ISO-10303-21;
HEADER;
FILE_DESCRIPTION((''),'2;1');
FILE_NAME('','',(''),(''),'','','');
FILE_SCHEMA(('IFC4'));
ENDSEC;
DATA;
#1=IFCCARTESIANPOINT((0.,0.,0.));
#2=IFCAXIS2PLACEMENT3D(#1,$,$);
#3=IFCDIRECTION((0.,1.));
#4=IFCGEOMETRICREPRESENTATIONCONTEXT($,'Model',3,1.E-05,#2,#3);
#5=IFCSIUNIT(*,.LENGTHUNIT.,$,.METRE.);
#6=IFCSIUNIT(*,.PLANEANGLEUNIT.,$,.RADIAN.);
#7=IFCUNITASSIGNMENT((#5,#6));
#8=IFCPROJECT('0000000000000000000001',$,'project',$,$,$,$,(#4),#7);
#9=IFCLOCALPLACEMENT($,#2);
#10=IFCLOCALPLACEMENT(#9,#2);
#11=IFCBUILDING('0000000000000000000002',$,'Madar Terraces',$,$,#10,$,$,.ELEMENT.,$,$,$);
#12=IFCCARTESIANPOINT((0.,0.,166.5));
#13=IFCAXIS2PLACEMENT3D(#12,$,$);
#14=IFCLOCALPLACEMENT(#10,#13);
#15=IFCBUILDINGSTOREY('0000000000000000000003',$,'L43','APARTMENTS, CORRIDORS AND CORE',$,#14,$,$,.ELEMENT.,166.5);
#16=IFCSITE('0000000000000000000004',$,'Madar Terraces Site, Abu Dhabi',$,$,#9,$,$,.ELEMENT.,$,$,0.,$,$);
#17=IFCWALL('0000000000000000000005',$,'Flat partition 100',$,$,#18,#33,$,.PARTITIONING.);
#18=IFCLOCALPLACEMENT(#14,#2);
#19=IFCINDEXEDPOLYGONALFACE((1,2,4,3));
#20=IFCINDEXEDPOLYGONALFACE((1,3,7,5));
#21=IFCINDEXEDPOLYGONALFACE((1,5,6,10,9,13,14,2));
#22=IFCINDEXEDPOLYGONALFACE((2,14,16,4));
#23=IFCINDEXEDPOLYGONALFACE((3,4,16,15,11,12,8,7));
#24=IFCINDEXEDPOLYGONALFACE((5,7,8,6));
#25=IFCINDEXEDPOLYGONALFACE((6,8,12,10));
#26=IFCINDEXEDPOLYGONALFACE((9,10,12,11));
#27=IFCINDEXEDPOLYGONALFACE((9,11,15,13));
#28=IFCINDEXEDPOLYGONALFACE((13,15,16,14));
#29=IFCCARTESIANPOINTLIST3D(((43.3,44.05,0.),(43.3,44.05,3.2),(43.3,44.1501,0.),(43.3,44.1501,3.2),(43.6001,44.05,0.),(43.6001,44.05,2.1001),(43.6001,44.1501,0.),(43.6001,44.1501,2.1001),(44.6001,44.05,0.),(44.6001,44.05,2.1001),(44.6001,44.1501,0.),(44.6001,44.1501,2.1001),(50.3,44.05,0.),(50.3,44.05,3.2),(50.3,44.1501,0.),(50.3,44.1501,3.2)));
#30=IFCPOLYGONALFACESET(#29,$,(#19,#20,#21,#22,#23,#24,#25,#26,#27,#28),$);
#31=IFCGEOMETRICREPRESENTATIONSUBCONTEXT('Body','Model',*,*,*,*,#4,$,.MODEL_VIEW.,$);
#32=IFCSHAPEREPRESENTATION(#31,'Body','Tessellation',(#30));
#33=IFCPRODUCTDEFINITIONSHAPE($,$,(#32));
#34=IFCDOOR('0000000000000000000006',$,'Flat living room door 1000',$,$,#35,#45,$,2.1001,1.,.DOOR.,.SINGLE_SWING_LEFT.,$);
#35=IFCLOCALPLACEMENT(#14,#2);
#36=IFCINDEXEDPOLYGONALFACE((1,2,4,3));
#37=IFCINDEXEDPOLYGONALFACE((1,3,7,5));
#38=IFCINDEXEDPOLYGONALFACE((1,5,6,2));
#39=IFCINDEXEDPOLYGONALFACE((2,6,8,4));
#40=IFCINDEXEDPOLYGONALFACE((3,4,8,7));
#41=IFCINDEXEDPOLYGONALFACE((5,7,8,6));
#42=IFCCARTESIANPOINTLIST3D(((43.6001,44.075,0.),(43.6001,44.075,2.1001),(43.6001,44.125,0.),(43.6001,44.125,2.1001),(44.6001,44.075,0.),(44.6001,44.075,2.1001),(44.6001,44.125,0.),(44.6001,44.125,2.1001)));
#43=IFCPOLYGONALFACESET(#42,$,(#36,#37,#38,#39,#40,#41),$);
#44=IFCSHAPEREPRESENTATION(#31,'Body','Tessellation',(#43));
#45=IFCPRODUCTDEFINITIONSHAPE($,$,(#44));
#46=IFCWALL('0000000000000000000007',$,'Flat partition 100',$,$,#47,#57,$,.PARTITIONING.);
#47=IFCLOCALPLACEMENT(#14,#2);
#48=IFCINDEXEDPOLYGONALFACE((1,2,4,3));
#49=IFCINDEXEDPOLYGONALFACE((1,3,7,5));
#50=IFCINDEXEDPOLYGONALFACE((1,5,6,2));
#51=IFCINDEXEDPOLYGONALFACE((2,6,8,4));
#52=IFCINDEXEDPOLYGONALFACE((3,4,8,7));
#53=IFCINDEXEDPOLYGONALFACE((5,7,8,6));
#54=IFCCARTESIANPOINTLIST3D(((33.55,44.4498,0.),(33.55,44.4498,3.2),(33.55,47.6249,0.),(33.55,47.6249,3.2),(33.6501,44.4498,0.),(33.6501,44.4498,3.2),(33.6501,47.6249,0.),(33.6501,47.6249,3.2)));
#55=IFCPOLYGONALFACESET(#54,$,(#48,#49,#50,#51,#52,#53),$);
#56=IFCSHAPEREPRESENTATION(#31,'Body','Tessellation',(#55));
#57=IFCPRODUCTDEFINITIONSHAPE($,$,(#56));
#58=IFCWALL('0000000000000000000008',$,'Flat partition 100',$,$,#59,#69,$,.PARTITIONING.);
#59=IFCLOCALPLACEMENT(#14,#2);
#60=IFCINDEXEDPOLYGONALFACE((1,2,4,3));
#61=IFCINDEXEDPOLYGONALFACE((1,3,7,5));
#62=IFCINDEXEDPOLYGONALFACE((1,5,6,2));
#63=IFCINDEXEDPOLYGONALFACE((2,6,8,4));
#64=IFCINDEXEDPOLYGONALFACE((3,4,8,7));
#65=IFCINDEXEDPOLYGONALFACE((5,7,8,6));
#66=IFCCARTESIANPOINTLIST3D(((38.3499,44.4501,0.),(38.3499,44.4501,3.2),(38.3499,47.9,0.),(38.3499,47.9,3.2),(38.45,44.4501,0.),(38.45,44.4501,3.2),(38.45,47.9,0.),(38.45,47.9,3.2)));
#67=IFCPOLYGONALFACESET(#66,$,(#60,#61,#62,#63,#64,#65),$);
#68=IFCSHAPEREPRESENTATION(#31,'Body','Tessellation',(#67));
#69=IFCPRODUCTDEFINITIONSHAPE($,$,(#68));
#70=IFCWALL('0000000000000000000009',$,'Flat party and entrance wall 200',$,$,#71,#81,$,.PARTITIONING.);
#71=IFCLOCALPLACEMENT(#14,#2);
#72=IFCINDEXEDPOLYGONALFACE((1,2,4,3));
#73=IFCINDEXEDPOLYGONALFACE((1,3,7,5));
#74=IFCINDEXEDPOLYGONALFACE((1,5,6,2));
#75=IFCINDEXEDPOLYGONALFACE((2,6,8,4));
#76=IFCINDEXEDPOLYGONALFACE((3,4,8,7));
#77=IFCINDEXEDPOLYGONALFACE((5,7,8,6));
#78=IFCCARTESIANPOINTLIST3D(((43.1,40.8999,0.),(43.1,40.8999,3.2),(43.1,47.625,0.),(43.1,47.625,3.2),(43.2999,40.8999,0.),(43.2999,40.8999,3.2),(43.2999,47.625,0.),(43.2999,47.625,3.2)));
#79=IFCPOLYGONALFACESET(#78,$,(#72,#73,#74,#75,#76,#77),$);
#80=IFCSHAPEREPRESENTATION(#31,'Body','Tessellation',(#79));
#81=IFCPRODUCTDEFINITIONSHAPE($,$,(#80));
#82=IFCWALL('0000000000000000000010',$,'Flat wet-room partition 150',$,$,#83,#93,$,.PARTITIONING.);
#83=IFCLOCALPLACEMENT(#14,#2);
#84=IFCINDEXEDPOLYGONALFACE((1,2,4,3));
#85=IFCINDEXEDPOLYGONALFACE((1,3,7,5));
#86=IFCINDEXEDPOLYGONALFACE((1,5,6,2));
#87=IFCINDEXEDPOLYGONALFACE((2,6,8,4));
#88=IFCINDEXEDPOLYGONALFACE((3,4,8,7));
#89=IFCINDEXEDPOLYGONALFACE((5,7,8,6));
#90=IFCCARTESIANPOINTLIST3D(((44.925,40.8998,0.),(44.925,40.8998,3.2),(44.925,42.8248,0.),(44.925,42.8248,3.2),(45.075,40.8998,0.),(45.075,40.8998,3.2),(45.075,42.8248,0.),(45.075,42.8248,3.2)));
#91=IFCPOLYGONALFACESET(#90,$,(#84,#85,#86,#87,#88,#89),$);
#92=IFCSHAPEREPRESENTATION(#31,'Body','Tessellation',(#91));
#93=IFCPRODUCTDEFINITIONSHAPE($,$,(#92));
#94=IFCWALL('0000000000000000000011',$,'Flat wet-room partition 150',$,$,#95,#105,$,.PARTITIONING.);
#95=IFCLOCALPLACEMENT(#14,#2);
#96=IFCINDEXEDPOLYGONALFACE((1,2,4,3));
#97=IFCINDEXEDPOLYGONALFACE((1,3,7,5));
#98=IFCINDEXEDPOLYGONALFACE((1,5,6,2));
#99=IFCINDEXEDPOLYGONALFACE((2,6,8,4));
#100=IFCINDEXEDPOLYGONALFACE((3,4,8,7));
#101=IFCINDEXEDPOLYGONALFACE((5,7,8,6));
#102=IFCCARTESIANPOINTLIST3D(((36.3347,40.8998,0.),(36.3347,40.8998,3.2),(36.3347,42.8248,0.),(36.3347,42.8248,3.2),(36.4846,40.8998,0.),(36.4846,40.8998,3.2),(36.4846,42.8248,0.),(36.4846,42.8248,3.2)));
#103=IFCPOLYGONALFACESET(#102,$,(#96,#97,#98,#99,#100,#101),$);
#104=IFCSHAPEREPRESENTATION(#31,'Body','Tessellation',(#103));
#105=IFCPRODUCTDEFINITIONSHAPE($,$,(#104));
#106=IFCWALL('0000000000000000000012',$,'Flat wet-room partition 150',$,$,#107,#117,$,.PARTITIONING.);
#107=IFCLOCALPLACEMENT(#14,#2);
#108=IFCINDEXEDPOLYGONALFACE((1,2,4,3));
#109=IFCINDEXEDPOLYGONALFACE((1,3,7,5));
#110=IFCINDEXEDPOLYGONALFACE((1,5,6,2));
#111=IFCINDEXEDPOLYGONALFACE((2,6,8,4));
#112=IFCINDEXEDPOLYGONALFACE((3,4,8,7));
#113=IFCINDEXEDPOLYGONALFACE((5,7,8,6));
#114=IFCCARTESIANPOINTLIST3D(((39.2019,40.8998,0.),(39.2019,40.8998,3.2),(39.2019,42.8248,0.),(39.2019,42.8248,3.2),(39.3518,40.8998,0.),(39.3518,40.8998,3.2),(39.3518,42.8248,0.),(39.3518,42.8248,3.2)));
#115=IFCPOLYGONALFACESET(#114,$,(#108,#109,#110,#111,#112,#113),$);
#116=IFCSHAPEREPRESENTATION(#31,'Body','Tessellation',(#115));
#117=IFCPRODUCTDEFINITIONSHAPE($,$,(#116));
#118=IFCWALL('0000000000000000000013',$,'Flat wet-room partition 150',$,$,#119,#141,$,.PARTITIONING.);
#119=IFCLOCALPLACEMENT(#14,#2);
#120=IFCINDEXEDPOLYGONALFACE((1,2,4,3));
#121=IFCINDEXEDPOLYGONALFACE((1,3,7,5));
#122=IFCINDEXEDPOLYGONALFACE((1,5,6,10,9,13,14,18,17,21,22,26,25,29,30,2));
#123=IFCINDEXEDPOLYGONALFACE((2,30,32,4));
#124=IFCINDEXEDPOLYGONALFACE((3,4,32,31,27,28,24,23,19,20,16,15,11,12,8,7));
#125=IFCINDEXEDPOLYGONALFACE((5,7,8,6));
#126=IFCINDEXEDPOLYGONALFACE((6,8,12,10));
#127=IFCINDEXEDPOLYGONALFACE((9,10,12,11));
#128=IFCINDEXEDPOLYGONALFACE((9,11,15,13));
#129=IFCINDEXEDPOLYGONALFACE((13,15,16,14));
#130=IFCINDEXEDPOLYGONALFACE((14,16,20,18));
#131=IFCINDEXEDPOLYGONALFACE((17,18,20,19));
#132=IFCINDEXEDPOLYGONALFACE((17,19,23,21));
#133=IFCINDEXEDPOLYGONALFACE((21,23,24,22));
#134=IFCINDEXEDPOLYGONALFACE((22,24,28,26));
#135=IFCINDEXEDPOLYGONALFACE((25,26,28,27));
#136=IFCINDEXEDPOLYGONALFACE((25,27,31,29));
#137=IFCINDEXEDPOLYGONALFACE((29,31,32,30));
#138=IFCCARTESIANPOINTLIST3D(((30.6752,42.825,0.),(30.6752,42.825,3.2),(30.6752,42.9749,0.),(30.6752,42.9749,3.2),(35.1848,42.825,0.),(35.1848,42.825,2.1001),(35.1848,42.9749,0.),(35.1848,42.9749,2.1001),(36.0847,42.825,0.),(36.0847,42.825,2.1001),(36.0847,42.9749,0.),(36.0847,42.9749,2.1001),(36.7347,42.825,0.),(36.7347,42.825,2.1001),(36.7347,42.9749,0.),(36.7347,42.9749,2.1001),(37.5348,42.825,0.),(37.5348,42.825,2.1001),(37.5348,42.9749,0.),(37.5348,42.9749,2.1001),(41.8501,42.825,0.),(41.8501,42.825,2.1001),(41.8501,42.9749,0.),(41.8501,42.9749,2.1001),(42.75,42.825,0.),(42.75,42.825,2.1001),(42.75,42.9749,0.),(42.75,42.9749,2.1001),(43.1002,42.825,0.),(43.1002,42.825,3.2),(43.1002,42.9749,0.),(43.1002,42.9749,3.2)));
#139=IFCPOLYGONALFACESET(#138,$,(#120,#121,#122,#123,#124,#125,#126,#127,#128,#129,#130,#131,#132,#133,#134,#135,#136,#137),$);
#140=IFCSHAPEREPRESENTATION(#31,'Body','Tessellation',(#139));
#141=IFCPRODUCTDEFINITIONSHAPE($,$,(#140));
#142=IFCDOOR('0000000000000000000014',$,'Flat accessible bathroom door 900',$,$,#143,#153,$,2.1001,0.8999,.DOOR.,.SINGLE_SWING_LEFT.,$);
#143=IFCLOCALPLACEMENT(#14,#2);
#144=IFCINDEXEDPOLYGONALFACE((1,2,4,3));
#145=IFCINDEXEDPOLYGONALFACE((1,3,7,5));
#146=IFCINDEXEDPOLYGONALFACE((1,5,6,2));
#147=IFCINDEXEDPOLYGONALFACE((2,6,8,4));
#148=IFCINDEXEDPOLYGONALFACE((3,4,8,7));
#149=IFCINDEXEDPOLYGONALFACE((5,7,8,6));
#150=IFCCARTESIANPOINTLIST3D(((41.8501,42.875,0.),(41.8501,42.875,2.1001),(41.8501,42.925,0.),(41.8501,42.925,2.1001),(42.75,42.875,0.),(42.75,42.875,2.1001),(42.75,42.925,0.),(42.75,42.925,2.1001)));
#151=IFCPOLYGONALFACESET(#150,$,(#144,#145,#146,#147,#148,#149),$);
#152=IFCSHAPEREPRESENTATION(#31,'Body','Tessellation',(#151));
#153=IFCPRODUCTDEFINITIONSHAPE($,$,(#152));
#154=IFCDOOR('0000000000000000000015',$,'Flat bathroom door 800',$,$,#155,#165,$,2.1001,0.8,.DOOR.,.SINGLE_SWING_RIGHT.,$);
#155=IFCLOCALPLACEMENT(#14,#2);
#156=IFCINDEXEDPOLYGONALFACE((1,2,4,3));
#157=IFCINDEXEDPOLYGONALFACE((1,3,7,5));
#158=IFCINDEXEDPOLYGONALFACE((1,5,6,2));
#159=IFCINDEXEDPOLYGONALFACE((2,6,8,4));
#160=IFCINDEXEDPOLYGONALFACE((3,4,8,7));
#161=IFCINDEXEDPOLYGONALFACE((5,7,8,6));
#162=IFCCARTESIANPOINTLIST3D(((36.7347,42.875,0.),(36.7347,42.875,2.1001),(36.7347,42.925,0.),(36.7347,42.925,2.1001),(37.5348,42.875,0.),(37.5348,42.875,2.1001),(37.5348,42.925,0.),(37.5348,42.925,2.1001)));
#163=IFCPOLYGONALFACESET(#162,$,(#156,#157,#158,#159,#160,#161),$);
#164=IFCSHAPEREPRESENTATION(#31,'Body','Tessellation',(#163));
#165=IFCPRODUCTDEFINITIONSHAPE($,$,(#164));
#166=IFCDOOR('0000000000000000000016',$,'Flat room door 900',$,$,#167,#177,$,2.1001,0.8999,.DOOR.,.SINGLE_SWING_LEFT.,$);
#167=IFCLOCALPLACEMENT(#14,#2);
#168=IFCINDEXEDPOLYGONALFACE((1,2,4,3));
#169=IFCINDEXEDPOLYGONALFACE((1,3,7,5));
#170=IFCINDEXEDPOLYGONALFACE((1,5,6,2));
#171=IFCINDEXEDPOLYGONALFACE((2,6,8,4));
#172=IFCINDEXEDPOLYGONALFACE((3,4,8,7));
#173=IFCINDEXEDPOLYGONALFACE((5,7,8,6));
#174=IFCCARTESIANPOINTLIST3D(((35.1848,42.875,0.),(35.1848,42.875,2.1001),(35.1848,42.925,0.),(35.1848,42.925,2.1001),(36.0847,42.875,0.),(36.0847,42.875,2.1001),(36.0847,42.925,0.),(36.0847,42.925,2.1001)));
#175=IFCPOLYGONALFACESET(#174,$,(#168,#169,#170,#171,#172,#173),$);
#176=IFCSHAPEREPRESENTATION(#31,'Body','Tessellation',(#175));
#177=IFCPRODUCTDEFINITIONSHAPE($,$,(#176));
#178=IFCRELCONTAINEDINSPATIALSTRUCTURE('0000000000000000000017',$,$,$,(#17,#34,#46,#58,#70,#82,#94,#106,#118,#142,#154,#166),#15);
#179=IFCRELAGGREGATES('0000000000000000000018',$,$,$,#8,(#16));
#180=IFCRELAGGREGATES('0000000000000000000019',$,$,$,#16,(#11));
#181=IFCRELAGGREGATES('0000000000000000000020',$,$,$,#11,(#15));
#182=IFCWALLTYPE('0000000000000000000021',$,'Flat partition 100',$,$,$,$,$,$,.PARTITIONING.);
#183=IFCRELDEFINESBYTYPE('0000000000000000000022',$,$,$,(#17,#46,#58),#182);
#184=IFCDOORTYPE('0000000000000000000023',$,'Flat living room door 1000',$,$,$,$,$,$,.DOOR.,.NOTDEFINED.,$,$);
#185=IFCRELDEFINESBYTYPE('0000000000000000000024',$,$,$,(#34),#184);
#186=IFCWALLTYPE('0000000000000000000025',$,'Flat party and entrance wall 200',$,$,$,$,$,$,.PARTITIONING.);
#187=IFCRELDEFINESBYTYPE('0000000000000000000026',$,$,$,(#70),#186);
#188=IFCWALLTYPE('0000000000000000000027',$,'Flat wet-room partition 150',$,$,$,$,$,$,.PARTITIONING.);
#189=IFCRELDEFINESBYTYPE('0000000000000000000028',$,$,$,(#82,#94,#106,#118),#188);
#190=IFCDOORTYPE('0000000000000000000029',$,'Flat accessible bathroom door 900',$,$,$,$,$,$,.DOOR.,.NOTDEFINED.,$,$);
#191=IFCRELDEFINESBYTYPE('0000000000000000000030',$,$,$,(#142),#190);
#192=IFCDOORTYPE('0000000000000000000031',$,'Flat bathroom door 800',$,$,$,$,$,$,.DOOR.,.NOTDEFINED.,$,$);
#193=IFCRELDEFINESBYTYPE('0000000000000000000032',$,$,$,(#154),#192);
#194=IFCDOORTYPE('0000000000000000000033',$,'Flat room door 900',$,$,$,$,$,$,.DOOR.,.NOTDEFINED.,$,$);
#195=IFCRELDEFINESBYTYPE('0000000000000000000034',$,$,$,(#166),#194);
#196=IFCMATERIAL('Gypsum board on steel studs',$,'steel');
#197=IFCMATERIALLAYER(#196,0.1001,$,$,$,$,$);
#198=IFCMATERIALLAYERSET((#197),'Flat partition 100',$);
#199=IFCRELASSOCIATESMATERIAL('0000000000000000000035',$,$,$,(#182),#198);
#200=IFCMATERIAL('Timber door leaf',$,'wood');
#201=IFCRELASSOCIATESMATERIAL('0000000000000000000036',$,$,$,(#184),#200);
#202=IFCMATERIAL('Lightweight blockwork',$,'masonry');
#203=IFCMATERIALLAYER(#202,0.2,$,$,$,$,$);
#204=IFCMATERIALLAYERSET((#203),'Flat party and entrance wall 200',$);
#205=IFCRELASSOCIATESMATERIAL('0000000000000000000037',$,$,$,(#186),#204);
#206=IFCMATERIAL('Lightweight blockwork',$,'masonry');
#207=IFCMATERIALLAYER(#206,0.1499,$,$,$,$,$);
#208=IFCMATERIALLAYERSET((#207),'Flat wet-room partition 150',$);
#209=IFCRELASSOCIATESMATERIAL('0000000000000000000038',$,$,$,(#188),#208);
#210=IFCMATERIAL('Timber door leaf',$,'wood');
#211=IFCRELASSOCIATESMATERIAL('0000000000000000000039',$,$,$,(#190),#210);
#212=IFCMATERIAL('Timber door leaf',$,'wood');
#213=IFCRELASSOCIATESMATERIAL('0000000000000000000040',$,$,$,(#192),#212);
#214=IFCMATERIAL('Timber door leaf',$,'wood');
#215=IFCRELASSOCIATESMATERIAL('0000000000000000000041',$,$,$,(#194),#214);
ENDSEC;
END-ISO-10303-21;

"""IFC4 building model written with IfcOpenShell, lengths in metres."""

from ifc_helpers import new_model, si_unit, direction, frame, frame_2d, origin, place, context, subcontext, project, spatial, rectangle, extrude, material, layer, layer_set, type_object, element, fill, save


model = new_model("IFC4")

# Units and contexts
model_context = context("Model", 3, precision=1e-05, world=origin(), true_north=direction((0.0, 1.0)))
body_context = subcontext(model_context, "Body", "Model", "MODEL_VIEW")
ifc_project = project(units=[si_unit("LENGTHUNIT", "METRE"), si_unit("PLANEANGLEUNIT", "RADIAN")], contexts=[model_context])

# Site, building, storey
site_placement = place(None, origin())
site = spatial("IfcSite", under=ifc_project, at=site_placement, Name="Madar Terraces Site, Abu Dhabi", CompositionType="ELEMENT", RefElevation=0.0)
building_placement = place(site_placement, origin())
building = spatial("IfcBuilding", under=site, at=building_placement, Name="Madar Terraces", CompositionType="ELEMENT")
storey_placement = place(building_placement, frame((0.0, 0.0, 166.5)))
storey = spatial("IfcBuildingStorey", under=building, at=storey_placement, Name="L43", Description="APARTMENTS, CORRIDORS AND CORE", CompositionType="ELEMENT", Elevation=166.5)

# Wall, opening, door
ifc_material_1 = material(Name="Gypsum board on steel studs", Category="steel")
ifc_layer_1 = layer(ifc_material_1, 0.1001)
ifc_layer_set_1 = layer_set([ifc_layer_1], Name="Flat partition 100")
wall_type_1 = type_object("IfcWallType", Name="Flat partition 100", PredefinedType="PARTITIONING", material=ifc_layer_set_1)
wall_1_placement = place(storey_placement, frame((43.3, 44.1001, 0.0), z_axis=(0.0, 0.0, 1.0), x_axis=(1.0, 0.0, 0.0)))
wall_1 = element("IfcWall", 1, at=wall_1_placement, inside=storey, type_object=wall_type_1, Name="Flat partition 100", PredefinedType="PARTITIONING", context=body_context, shape_type="SweptSolid", body=[
    extrude(rectangle(XDim=7.0, YDim=0.1001, at=frame_2d((3.5, 0.0))), origin(), (0.0, 0.0, 1.0), 3.2),
])
opening_1_placement = place(wall_1_placement, frame((0.3, 0.0, 0.0)))
opening_1 = element("IfcOpeningElement", 2, at=opening_1_placement, cuts=wall_1, PredefinedType="OPENING", context=body_context, shape_type="SweptSolid", body=[
    extrude(rectangle(XDim=1.0, YDim=2.1001, at=frame_2d((0.5, 1.05))), frame((0.0, 0.0601, 0.0), z_axis=(0.0, -1.0, 0.0), x_axis=(1.0, 0.0, 0.0)), (0.0, 0.0, 1.0), 0.1201),
])
ifc_material_2 = material(Name="Timber door leaf", Category="wood")
door_type_1 = type_object("IfcDoorType", Name="Flat living room door 1000", OperationType="NOTDEFINED", PredefinedType="DOOR", material=ifc_material_2)
door_1_placement = place(opening_1_placement, origin())
door_1 = element("IfcDoor", 3, at=door_1_placement, inside=storey, type_object=door_type_1, Name="Flat living room door 1000", OperationType="SINGLE_SWING_LEFT", OverallHeight=2.1001, OverallWidth=1.0, PredefinedType="DOOR", context=body_context, shape_type="SweptSolid", body=[
    extrude(rectangle(XDim=1.0, YDim=2.1001, at=frame_2d((0.5, 1.05))), frame((0.0, 0.0249, 0.0), z_axis=(0.0, -1.0, 0.0), x_axis=(1.0, 0.0, 0.0)), (0.0, 0.0, 1.0), 0.05),
])
fill(opening_1, door_1)

# Walls
wall_2_placement = place(storey_placement, frame((33.6001, 44.45, 0.0), z_axis=(0.0, 0.0, 1.0), x_axis=(0.0, 1.0, 0.0)))
element("IfcWall", 4, at=wall_2_placement, inside=storey, type_object=wall_type_1, Name="Flat partition 100", PredefinedType="PARTITIONING", context=body_context, shape_type="SweptSolid", body=[
    extrude(rectangle(XDim=3.175, YDim=0.1001, at=frame_2d((1.5874, 0.0))), origin(), (0.0, 0.0, 1.0), 3.2),
])
wall_3_placement = place(storey_placement, frame((38.3999, 44.45, 0.0), z_axis=(0.0, 0.0, 1.0), x_axis=(0.0, 1.0, 0.0)))
element("IfcWall", 5, at=wall_3_placement, inside=storey, type_object=wall_type_1, Name="Flat partition 100", PredefinedType="PARTITIONING", context=body_context, shape_type="SweptSolid", body=[
    extrude(rectangle(XDim=3.45, YDim=0.1001, at=frame_2d((1.7251, 0.0))), origin(), (0.0, 0.0, 1.0), 3.2),
])
ifc_material_3 = material(Name="Lightweight blockwork", Category="masonry")
ifc_layer_2 = layer(ifc_material_3, 0.2)
ifc_layer_set_2 = layer_set([ifc_layer_2], Name="Flat party and entrance wall 200")
wall_type_2 = type_object("IfcWallType", Name="Flat party and entrance wall 200", PredefinedType="PARTITIONING", material=ifc_layer_set_2)
wall_4_placement = place(storey_placement, frame((43.2, 47.625, 0.0), z_axis=(0.0, 0.0, 1.0), x_axis=(0.0, -1.0, 0.0)))
element("IfcWall", 6, at=wall_4_placement, inside=storey, type_object=wall_type_2, Name="Flat party and entrance wall 200", PredefinedType="PARTITIONING", context=body_context, shape_type="SweptSolid", body=[
    extrude(rectangle(XDim=6.7251, YDim=0.2, at=frame_2d((3.3625, 0.0))), origin(), (0.0, 0.0, 1.0), 3.2),
])
ifc_material_4 = material(Name="Lightweight blockwork", Category="masonry")
ifc_layer_3 = layer(ifc_material_4, 0.1499)
ifc_layer_set_3 = layer_set([ifc_layer_3], Name="Flat wet-room partition 150")
wall_type_3 = type_object("IfcWallType", Name="Flat wet-room partition 150", PredefinedType="PARTITIONING", material=ifc_layer_set_3)
for number, where, z_axis, x_axis, name in (
    (7, (45.0, 40.8999, 0.0), (0.0, 0.0, 1.0), (0.0, 1.0, 0.0), "Flat wet-room partition 150"),
    (8, (36.4097, 40.8999, 0.0), (0.0, 0.0, 1.0), (0.0, 1.0, 0.0), "Flat wet-room partition 150"),
    (9, (39.2769, 40.8999, 0.0), (0.0, 0.0, 1.0), (0.0, 1.0, 0.0), "Flat wet-room partition 150"),
):
    element("IfcWall", number, at=place(storey_placement, frame(where, z_axis=z_axis, x_axis=x_axis)), inside=storey, type_object=wall_type_3, Name=name, PredefinedType="PARTITIONING", context=body_context, shape_type="SweptSolid", body=[
        extrude(rectangle(XDim=1.925, YDim=0.1499, at=frame_2d((0.9624, 0.0))), origin(), (0.0, 0.0, 1.0), 3.2),
    ])

# Wall, openings, doors
wall_5_placement = place(storey_placement, frame((43.1001, 42.8999, 0.0), z_axis=(0.0, 0.0, 1.0), x_axis=(-1.0, 0.0, 0.0)))
wall_5 = element("IfcWall", 10, at=wall_5_placement, inside=storey, type_object=wall_type_3, Name="Flat wet-room partition 150", PredefinedType="PARTITIONING", context=body_context, shape_type="SweptSolid", body=[
    extrude(rectangle(XDim=12.425, YDim=0.1499, at=frame_2d((6.2124, 0.0))), origin(), (0.0, 0.0, 1.0), 3.2),
])
opening_2_placement = place(wall_5_placement, frame((7.0154, 0.0, 0.0)))
opening_2 = element("IfcOpeningElement", 11, at=opening_2_placement, cuts=wall_5, PredefinedType="OPENING", context=body_context, shape_type="SweptSolid", body=[
    extrude(rectangle(XDim=0.8999, YDim=2.1001, at=frame_2d((0.45, 1.05))), frame((0.0, 0.085, 0.0), z_axis=(0.0, -1.0, 0.0), x_axis=(1.0, 0.0, 0.0)), (0.0, 0.0, 1.0), 0.1699),
])
opening_3_placement = place(wall_5_placement, frame((5.5654, 0.0, 0.0)))
opening_3 = element("IfcOpeningElement", 12, at=opening_3_placement, cuts=wall_5, PredefinedType="OPENING", context=body_context, shape_type="SweptSolid", body=[
    extrude(rectangle(XDim=0.8, YDim=2.1001, at=frame_2d((0.3999, 1.05))), frame((0.0, 0.085, 0.0), z_axis=(0.0, -1.0, 0.0), x_axis=(1.0, 0.0, 0.0)), (0.0, 0.0, 1.0), 0.1699),
])
opening_4_placement = place(wall_5_placement, frame((0.3501, 0.0, 0.0)))
opening_4 = element("IfcOpeningElement", 13, at=opening_4_placement, cuts=wall_5, PredefinedType="OPENING", context=body_context, shape_type="SweptSolid", body=[
    extrude(rectangle(XDim=0.8999, YDim=2.1001, at=frame_2d((0.45, 1.05))), frame((0.0, 0.085, 0.0), z_axis=(0.0, -1.0, 0.0), x_axis=(1.0, 0.0, 0.0)), (0.0, 0.0, 1.0), 0.1699),
])
ifc_material_5 = material(Name="Timber door leaf", Category="wood")
door_type_2 = type_object("IfcDoorType", Name="Flat accessible bathroom door 900", OperationType="NOTDEFINED", PredefinedType="DOOR", material=ifc_material_5)
door_2_placement = place(opening_4_placement, origin())
door_2 = element("IfcDoor", 14, at=door_2_placement, inside=storey, type_object=door_type_2, Name="Flat accessible bathroom door 900", OperationType="SINGLE_SWING_LEFT", OverallHeight=2.1001, OverallWidth=0.8999, PredefinedType="DOOR", context=body_context, shape_type="SweptSolid", body=[
    extrude(rectangle(XDim=0.8999, YDim=2.1001, at=frame_2d((0.45, 1.05))), frame((0.0, 0.0249, 0.0), z_axis=(0.0, -1.0, 0.0), x_axis=(1.0, 0.0, 0.0)), (0.0, 0.0, 1.0), 0.05),
])
fill(opening_4, door_2)
ifc_material_6 = material(Name="Timber door leaf", Category="wood")
door_type_3 = type_object("IfcDoorType", Name="Flat bathroom door 800", OperationType="NOTDEFINED", PredefinedType="DOOR", material=ifc_material_6)
door_3_placement = place(opening_3_placement, origin())
door_3 = element("IfcDoor", 15, at=door_3_placement, inside=storey, type_object=door_type_3, Name="Flat bathroom door 800", OperationType="SINGLE_SWING_RIGHT", OverallHeight=2.1001, OverallWidth=0.8, PredefinedType="DOOR", context=body_context, shape_type="SweptSolid", body=[
    extrude(rectangle(XDim=0.8, YDim=2.1001, at=frame_2d((0.3999, 1.05))), frame((0.0, 0.0249, 0.0), z_axis=(0.0, -1.0, 0.0), x_axis=(1.0, 0.0, 0.0)), (0.0, 0.0, 1.0), 0.05),
])
fill(opening_3, door_3)
ifc_material_7 = material(Name="Timber door leaf", Category="wood")
door_type_4 = type_object("IfcDoorType", Name="Flat room door 900", OperationType="NOTDEFINED", PredefinedType="DOOR", material=ifc_material_7)
door_4_placement = place(opening_2_placement, origin())
door_4 = element("IfcDoor", 16, at=door_4_placement, inside=storey, type_object=door_type_4, Name="Flat room door 900", OperationType="SINGLE_SWING_LEFT", OverallHeight=2.1001, OverallWidth=0.8999, PredefinedType="DOOR", context=body_context, shape_type="SweptSolid", body=[
    extrude(rectangle(XDim=0.8999, YDim=2.1001, at=frame_2d((0.45, 1.05))), frame((0.0, 0.0249, 0.0), z_axis=(0.0, -1.0, 0.0), x_axis=(1.0, 0.0, 0.0)), (0.0, 0.0, 1.0), 0.05),
])
fill(opening_2, door_4)

save(model, "model.ifc")
